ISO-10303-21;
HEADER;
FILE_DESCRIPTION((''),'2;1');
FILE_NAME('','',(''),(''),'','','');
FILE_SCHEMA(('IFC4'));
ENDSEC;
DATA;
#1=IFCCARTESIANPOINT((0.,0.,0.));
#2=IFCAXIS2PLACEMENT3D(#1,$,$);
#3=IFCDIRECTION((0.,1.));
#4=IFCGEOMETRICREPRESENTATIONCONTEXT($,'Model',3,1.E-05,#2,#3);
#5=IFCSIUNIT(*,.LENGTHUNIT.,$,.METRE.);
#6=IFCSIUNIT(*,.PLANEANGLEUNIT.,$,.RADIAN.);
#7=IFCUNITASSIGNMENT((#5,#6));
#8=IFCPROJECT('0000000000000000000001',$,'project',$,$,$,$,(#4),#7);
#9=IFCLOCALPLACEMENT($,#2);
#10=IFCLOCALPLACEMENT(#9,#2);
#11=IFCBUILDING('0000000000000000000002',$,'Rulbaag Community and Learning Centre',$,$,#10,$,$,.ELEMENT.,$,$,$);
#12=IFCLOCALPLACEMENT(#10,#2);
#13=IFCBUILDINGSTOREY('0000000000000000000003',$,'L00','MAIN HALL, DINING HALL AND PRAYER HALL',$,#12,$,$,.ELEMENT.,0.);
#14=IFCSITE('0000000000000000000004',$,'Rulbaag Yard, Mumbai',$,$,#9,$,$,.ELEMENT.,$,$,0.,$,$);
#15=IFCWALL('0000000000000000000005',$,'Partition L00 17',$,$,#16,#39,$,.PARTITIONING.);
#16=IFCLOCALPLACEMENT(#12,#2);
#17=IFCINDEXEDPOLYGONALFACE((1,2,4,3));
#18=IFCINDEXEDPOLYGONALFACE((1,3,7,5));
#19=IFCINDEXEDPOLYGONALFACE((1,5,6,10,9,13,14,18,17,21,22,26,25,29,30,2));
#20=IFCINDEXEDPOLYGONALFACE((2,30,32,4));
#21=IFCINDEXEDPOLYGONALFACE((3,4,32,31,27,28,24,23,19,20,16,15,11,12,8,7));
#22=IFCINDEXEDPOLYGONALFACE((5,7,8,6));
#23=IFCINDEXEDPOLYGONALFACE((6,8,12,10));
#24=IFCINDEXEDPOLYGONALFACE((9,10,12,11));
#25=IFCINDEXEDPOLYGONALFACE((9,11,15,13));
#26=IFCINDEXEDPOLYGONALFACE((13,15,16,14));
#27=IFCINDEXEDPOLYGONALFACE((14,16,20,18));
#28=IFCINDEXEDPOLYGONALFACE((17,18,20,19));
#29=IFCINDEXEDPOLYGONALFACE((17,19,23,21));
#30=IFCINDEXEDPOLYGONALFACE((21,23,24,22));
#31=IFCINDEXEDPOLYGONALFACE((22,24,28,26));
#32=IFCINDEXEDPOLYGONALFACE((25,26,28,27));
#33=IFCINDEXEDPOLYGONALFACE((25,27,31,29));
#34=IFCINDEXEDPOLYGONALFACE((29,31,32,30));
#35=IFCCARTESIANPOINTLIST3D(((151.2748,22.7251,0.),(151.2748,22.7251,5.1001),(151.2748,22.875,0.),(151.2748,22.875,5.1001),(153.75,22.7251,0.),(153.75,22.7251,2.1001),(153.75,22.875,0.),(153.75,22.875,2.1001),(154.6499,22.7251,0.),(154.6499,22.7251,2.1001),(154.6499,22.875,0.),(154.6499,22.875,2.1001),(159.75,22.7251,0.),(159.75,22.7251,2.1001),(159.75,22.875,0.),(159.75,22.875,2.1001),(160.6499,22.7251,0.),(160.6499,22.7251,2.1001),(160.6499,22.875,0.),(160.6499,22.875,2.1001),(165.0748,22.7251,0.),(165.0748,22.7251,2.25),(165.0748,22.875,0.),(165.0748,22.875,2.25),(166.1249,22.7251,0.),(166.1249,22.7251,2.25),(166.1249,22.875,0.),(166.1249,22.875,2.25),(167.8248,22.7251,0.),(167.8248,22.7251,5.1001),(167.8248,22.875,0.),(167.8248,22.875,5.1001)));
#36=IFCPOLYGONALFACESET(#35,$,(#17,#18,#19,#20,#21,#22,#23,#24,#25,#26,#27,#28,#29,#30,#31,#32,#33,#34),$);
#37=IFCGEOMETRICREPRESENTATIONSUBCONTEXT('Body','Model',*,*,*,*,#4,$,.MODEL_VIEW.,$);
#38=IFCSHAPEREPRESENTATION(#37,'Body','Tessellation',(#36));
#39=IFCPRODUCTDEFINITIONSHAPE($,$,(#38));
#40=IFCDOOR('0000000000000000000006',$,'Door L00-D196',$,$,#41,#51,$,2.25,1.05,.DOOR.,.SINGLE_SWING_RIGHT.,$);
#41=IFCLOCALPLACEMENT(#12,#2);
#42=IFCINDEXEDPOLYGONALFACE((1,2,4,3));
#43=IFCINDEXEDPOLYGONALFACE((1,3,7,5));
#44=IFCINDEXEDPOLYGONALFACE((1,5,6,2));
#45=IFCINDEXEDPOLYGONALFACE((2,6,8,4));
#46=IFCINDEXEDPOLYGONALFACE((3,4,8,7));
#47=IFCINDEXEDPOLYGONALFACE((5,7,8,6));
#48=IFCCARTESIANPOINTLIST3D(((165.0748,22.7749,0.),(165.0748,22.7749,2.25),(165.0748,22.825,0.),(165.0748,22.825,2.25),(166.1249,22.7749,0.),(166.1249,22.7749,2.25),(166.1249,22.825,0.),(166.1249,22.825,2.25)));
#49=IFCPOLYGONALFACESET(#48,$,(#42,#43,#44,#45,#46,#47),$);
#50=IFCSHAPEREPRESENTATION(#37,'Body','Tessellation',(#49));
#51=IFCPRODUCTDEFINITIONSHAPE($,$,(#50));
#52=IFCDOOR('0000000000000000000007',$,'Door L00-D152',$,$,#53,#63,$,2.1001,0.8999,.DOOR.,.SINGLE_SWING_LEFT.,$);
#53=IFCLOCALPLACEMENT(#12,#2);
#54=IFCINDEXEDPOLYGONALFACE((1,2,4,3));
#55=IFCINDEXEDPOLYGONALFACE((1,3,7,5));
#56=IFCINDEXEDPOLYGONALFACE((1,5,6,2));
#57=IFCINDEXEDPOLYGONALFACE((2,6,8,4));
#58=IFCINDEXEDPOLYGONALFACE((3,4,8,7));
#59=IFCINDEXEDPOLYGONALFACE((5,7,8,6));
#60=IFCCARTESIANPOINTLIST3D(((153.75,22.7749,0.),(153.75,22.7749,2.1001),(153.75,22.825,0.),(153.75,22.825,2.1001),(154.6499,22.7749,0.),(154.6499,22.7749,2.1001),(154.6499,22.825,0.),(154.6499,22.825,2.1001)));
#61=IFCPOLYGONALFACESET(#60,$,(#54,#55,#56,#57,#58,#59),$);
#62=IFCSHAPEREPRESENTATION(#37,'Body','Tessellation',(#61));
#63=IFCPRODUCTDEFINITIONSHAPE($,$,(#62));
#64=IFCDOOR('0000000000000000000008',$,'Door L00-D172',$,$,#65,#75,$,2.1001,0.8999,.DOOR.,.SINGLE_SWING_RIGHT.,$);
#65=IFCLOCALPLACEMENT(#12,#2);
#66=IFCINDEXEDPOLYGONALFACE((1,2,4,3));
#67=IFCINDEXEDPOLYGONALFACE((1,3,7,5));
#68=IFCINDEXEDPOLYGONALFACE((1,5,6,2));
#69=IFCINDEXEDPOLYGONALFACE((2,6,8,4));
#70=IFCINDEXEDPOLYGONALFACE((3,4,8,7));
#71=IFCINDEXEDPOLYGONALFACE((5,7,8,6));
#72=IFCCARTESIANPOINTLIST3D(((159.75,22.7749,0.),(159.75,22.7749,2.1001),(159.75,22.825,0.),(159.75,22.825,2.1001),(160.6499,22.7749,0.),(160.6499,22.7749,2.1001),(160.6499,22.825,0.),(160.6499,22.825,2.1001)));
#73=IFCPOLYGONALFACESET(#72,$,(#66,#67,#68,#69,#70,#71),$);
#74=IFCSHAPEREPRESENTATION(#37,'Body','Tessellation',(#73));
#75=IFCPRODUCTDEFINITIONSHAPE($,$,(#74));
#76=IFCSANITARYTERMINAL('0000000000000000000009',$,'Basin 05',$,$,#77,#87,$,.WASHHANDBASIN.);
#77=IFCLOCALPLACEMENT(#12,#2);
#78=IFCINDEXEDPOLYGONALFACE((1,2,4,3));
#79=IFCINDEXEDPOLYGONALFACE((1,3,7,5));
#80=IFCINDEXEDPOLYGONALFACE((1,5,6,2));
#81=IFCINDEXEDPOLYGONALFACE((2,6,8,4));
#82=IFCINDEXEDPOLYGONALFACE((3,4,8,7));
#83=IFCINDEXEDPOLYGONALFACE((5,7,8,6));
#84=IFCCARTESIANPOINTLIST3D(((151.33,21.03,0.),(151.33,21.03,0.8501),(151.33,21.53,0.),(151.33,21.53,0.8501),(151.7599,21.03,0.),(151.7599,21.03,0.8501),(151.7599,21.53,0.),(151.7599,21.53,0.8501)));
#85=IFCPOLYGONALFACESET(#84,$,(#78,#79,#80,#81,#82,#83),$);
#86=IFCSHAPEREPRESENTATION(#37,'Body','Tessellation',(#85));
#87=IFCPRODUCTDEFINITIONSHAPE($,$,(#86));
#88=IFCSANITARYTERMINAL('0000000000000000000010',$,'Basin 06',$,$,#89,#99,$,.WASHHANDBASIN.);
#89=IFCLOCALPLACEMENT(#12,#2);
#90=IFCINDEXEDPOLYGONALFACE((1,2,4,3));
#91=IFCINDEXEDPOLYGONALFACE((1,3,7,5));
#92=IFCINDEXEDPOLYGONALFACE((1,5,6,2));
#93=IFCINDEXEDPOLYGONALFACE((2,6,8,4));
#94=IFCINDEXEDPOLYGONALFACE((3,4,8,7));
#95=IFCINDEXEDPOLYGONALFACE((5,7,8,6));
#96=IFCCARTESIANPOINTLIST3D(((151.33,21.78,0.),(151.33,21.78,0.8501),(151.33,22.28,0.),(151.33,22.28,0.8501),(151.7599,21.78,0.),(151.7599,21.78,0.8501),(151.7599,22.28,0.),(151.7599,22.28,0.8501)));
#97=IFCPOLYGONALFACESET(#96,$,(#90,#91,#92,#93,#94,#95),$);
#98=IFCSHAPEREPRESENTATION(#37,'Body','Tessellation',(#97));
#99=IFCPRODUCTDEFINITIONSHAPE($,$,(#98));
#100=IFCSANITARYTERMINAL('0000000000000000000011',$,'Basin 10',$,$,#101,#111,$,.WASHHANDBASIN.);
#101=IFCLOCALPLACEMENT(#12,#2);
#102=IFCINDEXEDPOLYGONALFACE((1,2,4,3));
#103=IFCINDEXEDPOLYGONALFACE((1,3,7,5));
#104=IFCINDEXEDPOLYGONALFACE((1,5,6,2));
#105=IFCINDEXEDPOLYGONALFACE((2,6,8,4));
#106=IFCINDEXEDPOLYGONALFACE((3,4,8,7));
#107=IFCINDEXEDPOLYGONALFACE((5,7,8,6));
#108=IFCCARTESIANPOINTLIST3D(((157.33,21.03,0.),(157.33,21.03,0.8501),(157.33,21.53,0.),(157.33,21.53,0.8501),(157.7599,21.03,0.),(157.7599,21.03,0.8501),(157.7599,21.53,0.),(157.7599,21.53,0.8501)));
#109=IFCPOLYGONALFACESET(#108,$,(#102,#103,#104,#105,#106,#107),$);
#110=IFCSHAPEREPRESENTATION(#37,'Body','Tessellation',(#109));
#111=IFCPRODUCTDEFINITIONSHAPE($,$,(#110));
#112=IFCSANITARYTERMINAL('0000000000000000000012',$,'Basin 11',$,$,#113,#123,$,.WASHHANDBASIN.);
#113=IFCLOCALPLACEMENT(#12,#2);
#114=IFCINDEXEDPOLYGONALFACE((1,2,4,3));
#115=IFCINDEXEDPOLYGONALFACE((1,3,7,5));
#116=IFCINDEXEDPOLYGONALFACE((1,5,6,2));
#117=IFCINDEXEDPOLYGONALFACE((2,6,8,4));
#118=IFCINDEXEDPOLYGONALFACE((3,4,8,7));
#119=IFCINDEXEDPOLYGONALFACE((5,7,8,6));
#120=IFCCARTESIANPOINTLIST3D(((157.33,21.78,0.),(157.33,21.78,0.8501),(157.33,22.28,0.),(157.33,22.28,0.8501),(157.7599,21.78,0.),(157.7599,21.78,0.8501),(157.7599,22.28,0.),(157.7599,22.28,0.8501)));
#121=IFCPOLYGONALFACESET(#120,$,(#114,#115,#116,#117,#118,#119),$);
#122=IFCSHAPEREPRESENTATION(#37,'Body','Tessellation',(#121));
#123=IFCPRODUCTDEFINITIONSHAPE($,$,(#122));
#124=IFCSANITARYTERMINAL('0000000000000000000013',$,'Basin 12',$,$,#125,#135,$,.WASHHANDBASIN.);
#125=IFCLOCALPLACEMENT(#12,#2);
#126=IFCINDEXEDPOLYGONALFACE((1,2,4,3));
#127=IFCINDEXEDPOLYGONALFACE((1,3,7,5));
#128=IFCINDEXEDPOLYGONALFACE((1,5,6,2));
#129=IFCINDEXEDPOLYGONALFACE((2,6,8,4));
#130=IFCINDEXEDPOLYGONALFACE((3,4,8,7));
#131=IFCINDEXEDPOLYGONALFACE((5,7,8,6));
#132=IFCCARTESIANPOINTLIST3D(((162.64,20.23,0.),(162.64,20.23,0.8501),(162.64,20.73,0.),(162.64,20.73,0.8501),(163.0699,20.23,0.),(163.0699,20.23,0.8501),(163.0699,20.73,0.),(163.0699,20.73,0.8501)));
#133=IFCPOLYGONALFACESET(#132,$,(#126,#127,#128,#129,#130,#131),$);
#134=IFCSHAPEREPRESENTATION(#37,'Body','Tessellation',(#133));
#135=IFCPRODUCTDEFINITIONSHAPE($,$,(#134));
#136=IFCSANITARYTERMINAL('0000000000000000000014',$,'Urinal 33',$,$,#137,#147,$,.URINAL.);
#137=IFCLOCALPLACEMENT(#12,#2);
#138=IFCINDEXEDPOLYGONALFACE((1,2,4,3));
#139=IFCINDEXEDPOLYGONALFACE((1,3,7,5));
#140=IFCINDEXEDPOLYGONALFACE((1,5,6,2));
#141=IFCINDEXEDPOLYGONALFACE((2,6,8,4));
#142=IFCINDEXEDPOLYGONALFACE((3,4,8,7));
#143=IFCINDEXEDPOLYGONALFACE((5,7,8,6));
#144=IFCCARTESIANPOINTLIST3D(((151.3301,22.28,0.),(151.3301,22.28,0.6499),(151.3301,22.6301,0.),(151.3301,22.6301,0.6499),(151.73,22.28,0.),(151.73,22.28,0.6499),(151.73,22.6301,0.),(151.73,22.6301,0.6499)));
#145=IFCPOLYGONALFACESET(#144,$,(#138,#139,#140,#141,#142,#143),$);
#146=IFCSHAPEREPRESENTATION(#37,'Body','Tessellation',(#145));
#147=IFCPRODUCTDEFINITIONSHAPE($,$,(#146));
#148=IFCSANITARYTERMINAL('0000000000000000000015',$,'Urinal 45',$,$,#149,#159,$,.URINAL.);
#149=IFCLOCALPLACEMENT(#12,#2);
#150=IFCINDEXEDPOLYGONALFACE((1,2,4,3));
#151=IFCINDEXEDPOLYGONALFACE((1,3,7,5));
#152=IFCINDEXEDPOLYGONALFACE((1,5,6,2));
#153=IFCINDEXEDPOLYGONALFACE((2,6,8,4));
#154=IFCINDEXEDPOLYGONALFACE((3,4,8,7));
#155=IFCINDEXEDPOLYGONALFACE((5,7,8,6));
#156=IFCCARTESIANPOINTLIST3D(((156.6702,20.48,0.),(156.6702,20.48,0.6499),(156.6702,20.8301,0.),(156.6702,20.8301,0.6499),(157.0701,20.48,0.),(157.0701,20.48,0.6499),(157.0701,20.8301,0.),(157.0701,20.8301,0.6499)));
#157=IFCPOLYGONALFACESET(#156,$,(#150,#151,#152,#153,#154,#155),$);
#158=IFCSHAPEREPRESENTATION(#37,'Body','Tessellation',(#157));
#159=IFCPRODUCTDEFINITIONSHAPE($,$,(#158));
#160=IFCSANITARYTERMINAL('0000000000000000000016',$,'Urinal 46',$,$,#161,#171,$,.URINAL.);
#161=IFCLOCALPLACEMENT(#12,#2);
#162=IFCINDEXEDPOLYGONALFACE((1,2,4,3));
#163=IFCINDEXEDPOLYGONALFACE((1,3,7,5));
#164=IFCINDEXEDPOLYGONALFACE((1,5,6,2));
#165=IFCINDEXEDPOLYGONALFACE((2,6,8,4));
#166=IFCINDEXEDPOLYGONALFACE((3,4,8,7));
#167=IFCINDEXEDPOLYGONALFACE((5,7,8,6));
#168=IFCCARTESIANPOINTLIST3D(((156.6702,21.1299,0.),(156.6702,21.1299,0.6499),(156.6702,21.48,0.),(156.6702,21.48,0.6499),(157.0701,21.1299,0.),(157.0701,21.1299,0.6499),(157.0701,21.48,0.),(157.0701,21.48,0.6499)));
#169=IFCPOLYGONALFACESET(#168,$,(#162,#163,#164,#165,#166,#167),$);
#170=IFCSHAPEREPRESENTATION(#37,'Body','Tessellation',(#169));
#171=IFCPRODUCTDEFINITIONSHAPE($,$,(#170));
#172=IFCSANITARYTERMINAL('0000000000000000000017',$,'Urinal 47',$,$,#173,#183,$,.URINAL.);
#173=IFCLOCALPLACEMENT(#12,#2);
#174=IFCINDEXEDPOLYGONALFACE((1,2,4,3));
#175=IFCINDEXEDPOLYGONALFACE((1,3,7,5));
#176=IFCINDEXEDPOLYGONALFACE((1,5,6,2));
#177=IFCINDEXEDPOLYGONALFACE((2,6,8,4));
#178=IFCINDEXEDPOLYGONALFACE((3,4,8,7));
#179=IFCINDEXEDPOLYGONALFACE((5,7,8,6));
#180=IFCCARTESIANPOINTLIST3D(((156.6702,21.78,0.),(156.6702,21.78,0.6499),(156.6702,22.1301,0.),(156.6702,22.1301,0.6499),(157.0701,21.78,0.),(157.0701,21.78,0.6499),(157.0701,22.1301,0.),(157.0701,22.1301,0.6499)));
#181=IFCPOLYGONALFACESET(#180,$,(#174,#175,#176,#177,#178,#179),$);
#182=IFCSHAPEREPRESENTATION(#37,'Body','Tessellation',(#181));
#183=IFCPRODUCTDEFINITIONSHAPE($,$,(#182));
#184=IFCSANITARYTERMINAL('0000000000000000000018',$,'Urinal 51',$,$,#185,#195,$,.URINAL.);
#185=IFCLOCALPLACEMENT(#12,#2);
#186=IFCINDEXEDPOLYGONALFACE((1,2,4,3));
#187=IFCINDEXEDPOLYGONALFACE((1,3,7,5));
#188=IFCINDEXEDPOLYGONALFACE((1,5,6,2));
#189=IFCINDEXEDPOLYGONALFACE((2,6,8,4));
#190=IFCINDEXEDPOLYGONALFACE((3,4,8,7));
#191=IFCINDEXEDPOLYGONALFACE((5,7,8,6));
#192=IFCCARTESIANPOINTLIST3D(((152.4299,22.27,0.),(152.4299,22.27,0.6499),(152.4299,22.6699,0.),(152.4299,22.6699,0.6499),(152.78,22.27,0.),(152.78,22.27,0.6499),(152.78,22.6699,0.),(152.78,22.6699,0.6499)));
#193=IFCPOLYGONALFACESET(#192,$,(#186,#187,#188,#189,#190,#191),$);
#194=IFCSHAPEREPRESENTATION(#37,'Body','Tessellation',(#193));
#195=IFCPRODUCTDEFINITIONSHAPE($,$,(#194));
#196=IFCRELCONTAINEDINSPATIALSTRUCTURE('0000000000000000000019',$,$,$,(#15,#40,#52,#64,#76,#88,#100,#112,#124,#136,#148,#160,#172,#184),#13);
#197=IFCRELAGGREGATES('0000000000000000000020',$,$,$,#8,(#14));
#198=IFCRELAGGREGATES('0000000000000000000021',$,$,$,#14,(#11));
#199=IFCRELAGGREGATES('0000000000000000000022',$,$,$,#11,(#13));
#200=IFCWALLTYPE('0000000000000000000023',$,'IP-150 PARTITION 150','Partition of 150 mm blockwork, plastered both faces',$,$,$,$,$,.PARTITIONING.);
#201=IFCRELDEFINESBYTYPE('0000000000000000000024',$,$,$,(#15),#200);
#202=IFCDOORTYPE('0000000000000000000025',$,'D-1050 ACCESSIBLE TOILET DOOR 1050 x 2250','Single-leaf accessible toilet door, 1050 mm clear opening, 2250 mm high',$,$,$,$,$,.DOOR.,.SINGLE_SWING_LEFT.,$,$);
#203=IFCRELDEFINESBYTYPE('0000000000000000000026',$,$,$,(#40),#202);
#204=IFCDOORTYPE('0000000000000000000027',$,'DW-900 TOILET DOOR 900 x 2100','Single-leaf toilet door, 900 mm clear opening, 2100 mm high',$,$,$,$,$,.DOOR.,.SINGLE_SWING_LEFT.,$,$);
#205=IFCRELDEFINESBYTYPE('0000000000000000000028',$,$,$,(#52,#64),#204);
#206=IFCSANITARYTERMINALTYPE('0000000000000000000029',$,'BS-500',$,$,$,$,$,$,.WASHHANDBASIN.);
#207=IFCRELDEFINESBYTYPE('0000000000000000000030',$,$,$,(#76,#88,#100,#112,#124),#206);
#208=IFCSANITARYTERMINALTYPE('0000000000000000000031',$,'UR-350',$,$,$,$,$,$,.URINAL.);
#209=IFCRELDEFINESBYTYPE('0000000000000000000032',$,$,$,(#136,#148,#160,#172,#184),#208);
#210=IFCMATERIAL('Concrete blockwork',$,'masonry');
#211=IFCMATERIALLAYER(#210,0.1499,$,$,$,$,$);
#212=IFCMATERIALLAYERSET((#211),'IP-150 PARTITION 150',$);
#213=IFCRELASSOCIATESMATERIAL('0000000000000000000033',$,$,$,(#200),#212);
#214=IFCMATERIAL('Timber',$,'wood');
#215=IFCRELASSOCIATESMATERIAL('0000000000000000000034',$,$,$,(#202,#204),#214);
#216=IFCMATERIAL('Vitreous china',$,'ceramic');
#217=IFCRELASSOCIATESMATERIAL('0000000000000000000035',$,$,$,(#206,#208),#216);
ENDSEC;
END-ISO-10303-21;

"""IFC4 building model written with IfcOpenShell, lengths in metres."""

from ifc_helpers import new_model, si_unit, direction, frame, frame_2d, origin, origin_2d, place, context, subcontext, project, spatial, rectangle, extrude, material, layer, layer_set, type_object, element, fill, save


model = new_model("IFC4")

# Units and contexts
model_context = context("Model", 3, precision=1e-05, world=origin(), true_north=direction((0.0, 1.0)))
body_context = subcontext(model_context, "Body", "Model", "MODEL_VIEW")
ifc_project = project(units=[si_unit("LENGTHUNIT", "METRE"), si_unit("PLANEANGLEUNIT", "RADIAN")], contexts=[model_context])

# Site, building, storey
site_placement = place(None, origin())
site = spatial("IfcSite", under=ifc_project, at=site_placement, Name="Rulbaag Yard, Mumbai", CompositionType="ELEMENT", RefElevation=0.0)
building_placement = place(site_placement, origin())
building = spatial("IfcBuilding", under=site, at=building_placement, Name="Rulbaag Community and Learning Centre", CompositionType="ELEMENT")
storey_placement = place(building_placement, origin())
storey = spatial("IfcBuildingStorey", under=building, at=storey_placement, Name="L00", Description="MAIN HALL, DINING HALL AND PRAYER HALL", CompositionType="ELEMENT", Elevation=0.0)

# Wall, openings, doors
ifc_material_1 = material(Name="Concrete blockwork", Category="masonry")
ifc_layer_1 = layer(ifc_material_1, 0.1499)
ifc_layer_set_1 = layer_set([ifc_layer_1], Name="IP-150 PARTITION 150")
wall_type_1 = type_object("IfcWallType", Name="IP-150 PARTITION 150", Description="Partition of 150 mm blockwork, plastered both faces", PredefinedType="PARTITIONING", material=ifc_layer_set_1)
wall_1_placement = place(storey_placement, frame((151.2749, 22.8, 0.0), z_axis=(0.0, 0.0, 1.0), x_axis=(1.0, 0.0, 0.0)))
wall_1 = element("IfcWall", 1, at=wall_1_placement, inside=storey, type_object=wall_type_1, Name="Partition L00 17", PredefinedType="PARTITIONING", context=body_context, shape_type="SweptSolid", body=[
    extrude(rectangle(XDim=16.55, YDim=0.1499, at=frame_2d((8.2749, 0.0))), origin(), (0.0, 0.0, 1.0), 5.1001),
])
opening_1_placement = place(wall_1_placement, frame((2.4751, 0.0, 0.0)))
opening_1 = element("IfcOpeningElement", 2, at=opening_1_placement, cuts=wall_1, PredefinedType="OPENING", context=body_context, shape_type="SweptSolid", body=[
    extrude(rectangle(XDim=0.8999, YDim=2.1001, at=frame_2d((0.45, 1.05))), frame((0.0, 0.085, 0.0), z_axis=(0.0, -1.0, 0.0), x_axis=(1.0, 0.0, 0.0)), (0.0, 0.0, 1.0), 0.1699),
])
opening_2_placement = place(wall_1_placement, frame((8.4751, 0.0, 0.0)))
opening_2 = element("IfcOpeningElement", 3, at=opening_2_placement, cuts=wall_1, PredefinedType="OPENING", context=body_context, shape_type="SweptSolid", body=[
    extrude(rectangle(XDim=0.8999, YDim=2.1001, at=frame_2d((0.45, 1.05))), frame((0.0, 0.085, 0.0), z_axis=(0.0, -1.0, 0.0), x_axis=(1.0, 0.0, 0.0)), (0.0, 0.0, 1.0), 0.1699),
])
opening_3_placement = place(wall_1_placement, frame((13.8, 0.0, 0.0)))
opening_3 = element("IfcOpeningElement", 4, at=opening_3_placement, cuts=wall_1, PredefinedType="OPENING", context=body_context, shape_type="SweptSolid", body=[
    extrude(rectangle(XDim=1.05, YDim=2.25, at=frame_2d((0.5249, 1.125))), frame((0.0, 0.085, 0.0), z_axis=(0.0, -1.0, 0.0), x_axis=(1.0, 0.0, 0.0)), (0.0, 0.0, 1.0), 0.1699),
])
ifc_material_2 = material(Name="Timber", Category="wood")
door_type_1 = type_object("IfcDoorType", Name="D-1050 ACCESSIBLE TOILET DOOR 1050 x 2250", Description="Single-leaf accessible toilet door, 1050 mm clear opening, 2250 mm high", OperationType="SINGLE_SWING_LEFT", PredefinedType="DOOR", material=ifc_material_2)
door_1_placement = place(opening_3_placement, origin())
door_1 = element("IfcDoor", 5, at=door_1_placement, inside=storey, type_object=door_type_1, Name="Door L00-D196", OperationType="SINGLE_SWING_RIGHT", OverallHeight=2.25, OverallWidth=1.05, PredefinedType="DOOR", context=body_context, shape_type="SweptSolid", body=[
    extrude(rectangle(XDim=1.05, YDim=2.25, at=frame_2d((0.5249, 1.125))), frame((0.0, 0.0249, 0.0), z_axis=(0.0, -1.0, 0.0), x_axis=(1.0, 0.0, 0.0)), (0.0, 0.0, 1.0), 0.05),
])
fill(opening_3, door_1)
door_type_2 = type_object("IfcDoorType", Name="DW-900 TOILET DOOR 900 x 2100", Description="Single-leaf toilet door, 900 mm clear opening, 2100 mm high", OperationType="SINGLE_SWING_LEFT", PredefinedType="DOOR", material=ifc_material_2)
door_2_placement = place(opening_1_placement, origin())
door_2 = element("IfcDoor", 6, at=door_2_placement, inside=storey, type_object=door_type_2, Name="Door L00-D152", OperationType="SINGLE_SWING_LEFT", OverallHeight=2.1001, OverallWidth=0.8999, PredefinedType="DOOR", context=body_context, shape_type="SweptSolid", body=[
    extrude(rectangle(XDim=0.8999, YDim=2.1001, at=frame_2d((0.45, 1.05))), frame((0.0, 0.0249, 0.0), z_axis=(0.0, -1.0, 0.0), x_axis=(1.0, 0.0, 0.0)), (0.0, 0.0, 1.0), 0.05),
])
fill(opening_1, door_2)
door_3_placement = place(opening_2_placement, origin())
door_3 = element("IfcDoor", 7, at=door_3_placement, inside=storey, type_object=door_type_2, Name="Door L00-D172", OperationType="SINGLE_SWING_RIGHT", OverallHeight=2.1001, OverallWidth=0.8999, PredefinedType="DOOR", context=body_context, shape_type="SweptSolid", body=[
    extrude(rectangle(XDim=0.8999, YDim=2.1001, at=frame_2d((0.45, 1.05))), frame((0.0, 0.0249, 0.0), z_axis=(0.0, -1.0, 0.0), x_axis=(1.0, 0.0, 0.0)), (0.0, 0.0, 1.0), 0.05),
])
fill(opening_2, door_3)

# Sanitary terminals
ifc_material_3 = material(Name="Vitreous china", Category="ceramic")
sanitary_terminal_type_1 = type_object("IfcSanitaryTerminalType", Name="BS-500", PredefinedType="WASHHANDBASIN", material=ifc_material_3)
for number, where, z_axis, x_axis, name in (
    (8, (151.5449, 21.28, 0.0), (0.0, 0.0, 1.0), (1.0, 0.0, 0.0), "Basin 05"),
    (9, (151.5449, 22.03, 0.0), (0.0, 0.0, 1.0), (1.0, 0.0, 0.0), "Basin 06"),
    (10, (157.5449, 21.28, 0.0), (0.0, 0.0, 1.0), (1.0, 0.0, 0.0), "Basin 10"),
    (11, (157.5449, 22.03, 0.0), (0.0, 0.0, 1.0), (1.0, 0.0, 0.0), "Basin 11"),
    (12, (162.855, 20.48, 0.0), (0.0, 0.0, 1.0), (1.0, 0.0, 0.0), "Basin 12"),
):
    element("IfcSanitaryTerminal", number, at=place(storey_placement, frame(where, z_axis=z_axis, x_axis=x_axis)), inside=storey, type_object=sanitary_terminal_type_1, Name=name, PredefinedType="WASHHANDBASIN", context=body_context, shape_type="SweptSolid", body=[
        extrude(rectangle(XDim=0.4299, YDim=0.5, at=origin_2d()), origin(), (0.0, 0.0, 1.0), 0.8501),
    ])
sanitary_terminal_type_2 = type_object("IfcSanitaryTerminalType", Name="UR-350", PredefinedType="URINAL", material=ifc_material_3)
for number, where, z_axis, x_axis, name in (
    (13, (151.53, 22.4551, 0.0), (0.0, 0.0, 1.0), (1.0, 0.0, 0.0), "Urinal 33"),
    (14, (156.8701, 20.655, 0.0), (0.0, 0.0, 1.0), (1.0, 0.0, 0.0), "Urinal 45"),
    (15, (156.8701, 21.3049, 0.0), (0.0, 0.0, 1.0), (1.0, 0.0, 0.0), "Urinal 46"),
    (16, (156.8701, 21.9551, 0.0), (0.0, 0.0, 1.0), (1.0, 0.0, 0.0), "Urinal 47"),
):
    element("IfcSanitaryTerminal", number, at=place(storey_placement, frame(where, z_axis=z_axis, x_axis=x_axis)), inside=storey, type_object=sanitary_terminal_type_2, Name=name, PredefinedType="URINAL", context=body_context, shape_type="SweptSolid", body=[
        extrude(rectangle(XDim=0.3999, YDim=0.3501, at=origin_2d()), origin(), (0.0, 0.0, 1.0), 0.6499),
    ])
for number, where, z_axis, x_axis, name in (
    (17, (152.605, 22.47, 0.0), (0.0, 0.0, 1.0), (1.0, 0.0, 0.0), "Urinal 51"),
):
    element("IfcSanitaryTerminal", number, at=place(storey_placement, frame(where, z_axis=z_axis, x_axis=x_axis)), inside=storey, type_object=sanitary_terminal_type_2, Name=name, PredefinedType="URINAL", context=body_context, shape_type="SweptSolid", body=[
        extrude(rectangle(XDim=0.3501, YDim=0.3999, at=origin_2d()), origin(), (0.0, 0.0, 1.0), 0.6499),
    ])

save(model, "model.ifc")
